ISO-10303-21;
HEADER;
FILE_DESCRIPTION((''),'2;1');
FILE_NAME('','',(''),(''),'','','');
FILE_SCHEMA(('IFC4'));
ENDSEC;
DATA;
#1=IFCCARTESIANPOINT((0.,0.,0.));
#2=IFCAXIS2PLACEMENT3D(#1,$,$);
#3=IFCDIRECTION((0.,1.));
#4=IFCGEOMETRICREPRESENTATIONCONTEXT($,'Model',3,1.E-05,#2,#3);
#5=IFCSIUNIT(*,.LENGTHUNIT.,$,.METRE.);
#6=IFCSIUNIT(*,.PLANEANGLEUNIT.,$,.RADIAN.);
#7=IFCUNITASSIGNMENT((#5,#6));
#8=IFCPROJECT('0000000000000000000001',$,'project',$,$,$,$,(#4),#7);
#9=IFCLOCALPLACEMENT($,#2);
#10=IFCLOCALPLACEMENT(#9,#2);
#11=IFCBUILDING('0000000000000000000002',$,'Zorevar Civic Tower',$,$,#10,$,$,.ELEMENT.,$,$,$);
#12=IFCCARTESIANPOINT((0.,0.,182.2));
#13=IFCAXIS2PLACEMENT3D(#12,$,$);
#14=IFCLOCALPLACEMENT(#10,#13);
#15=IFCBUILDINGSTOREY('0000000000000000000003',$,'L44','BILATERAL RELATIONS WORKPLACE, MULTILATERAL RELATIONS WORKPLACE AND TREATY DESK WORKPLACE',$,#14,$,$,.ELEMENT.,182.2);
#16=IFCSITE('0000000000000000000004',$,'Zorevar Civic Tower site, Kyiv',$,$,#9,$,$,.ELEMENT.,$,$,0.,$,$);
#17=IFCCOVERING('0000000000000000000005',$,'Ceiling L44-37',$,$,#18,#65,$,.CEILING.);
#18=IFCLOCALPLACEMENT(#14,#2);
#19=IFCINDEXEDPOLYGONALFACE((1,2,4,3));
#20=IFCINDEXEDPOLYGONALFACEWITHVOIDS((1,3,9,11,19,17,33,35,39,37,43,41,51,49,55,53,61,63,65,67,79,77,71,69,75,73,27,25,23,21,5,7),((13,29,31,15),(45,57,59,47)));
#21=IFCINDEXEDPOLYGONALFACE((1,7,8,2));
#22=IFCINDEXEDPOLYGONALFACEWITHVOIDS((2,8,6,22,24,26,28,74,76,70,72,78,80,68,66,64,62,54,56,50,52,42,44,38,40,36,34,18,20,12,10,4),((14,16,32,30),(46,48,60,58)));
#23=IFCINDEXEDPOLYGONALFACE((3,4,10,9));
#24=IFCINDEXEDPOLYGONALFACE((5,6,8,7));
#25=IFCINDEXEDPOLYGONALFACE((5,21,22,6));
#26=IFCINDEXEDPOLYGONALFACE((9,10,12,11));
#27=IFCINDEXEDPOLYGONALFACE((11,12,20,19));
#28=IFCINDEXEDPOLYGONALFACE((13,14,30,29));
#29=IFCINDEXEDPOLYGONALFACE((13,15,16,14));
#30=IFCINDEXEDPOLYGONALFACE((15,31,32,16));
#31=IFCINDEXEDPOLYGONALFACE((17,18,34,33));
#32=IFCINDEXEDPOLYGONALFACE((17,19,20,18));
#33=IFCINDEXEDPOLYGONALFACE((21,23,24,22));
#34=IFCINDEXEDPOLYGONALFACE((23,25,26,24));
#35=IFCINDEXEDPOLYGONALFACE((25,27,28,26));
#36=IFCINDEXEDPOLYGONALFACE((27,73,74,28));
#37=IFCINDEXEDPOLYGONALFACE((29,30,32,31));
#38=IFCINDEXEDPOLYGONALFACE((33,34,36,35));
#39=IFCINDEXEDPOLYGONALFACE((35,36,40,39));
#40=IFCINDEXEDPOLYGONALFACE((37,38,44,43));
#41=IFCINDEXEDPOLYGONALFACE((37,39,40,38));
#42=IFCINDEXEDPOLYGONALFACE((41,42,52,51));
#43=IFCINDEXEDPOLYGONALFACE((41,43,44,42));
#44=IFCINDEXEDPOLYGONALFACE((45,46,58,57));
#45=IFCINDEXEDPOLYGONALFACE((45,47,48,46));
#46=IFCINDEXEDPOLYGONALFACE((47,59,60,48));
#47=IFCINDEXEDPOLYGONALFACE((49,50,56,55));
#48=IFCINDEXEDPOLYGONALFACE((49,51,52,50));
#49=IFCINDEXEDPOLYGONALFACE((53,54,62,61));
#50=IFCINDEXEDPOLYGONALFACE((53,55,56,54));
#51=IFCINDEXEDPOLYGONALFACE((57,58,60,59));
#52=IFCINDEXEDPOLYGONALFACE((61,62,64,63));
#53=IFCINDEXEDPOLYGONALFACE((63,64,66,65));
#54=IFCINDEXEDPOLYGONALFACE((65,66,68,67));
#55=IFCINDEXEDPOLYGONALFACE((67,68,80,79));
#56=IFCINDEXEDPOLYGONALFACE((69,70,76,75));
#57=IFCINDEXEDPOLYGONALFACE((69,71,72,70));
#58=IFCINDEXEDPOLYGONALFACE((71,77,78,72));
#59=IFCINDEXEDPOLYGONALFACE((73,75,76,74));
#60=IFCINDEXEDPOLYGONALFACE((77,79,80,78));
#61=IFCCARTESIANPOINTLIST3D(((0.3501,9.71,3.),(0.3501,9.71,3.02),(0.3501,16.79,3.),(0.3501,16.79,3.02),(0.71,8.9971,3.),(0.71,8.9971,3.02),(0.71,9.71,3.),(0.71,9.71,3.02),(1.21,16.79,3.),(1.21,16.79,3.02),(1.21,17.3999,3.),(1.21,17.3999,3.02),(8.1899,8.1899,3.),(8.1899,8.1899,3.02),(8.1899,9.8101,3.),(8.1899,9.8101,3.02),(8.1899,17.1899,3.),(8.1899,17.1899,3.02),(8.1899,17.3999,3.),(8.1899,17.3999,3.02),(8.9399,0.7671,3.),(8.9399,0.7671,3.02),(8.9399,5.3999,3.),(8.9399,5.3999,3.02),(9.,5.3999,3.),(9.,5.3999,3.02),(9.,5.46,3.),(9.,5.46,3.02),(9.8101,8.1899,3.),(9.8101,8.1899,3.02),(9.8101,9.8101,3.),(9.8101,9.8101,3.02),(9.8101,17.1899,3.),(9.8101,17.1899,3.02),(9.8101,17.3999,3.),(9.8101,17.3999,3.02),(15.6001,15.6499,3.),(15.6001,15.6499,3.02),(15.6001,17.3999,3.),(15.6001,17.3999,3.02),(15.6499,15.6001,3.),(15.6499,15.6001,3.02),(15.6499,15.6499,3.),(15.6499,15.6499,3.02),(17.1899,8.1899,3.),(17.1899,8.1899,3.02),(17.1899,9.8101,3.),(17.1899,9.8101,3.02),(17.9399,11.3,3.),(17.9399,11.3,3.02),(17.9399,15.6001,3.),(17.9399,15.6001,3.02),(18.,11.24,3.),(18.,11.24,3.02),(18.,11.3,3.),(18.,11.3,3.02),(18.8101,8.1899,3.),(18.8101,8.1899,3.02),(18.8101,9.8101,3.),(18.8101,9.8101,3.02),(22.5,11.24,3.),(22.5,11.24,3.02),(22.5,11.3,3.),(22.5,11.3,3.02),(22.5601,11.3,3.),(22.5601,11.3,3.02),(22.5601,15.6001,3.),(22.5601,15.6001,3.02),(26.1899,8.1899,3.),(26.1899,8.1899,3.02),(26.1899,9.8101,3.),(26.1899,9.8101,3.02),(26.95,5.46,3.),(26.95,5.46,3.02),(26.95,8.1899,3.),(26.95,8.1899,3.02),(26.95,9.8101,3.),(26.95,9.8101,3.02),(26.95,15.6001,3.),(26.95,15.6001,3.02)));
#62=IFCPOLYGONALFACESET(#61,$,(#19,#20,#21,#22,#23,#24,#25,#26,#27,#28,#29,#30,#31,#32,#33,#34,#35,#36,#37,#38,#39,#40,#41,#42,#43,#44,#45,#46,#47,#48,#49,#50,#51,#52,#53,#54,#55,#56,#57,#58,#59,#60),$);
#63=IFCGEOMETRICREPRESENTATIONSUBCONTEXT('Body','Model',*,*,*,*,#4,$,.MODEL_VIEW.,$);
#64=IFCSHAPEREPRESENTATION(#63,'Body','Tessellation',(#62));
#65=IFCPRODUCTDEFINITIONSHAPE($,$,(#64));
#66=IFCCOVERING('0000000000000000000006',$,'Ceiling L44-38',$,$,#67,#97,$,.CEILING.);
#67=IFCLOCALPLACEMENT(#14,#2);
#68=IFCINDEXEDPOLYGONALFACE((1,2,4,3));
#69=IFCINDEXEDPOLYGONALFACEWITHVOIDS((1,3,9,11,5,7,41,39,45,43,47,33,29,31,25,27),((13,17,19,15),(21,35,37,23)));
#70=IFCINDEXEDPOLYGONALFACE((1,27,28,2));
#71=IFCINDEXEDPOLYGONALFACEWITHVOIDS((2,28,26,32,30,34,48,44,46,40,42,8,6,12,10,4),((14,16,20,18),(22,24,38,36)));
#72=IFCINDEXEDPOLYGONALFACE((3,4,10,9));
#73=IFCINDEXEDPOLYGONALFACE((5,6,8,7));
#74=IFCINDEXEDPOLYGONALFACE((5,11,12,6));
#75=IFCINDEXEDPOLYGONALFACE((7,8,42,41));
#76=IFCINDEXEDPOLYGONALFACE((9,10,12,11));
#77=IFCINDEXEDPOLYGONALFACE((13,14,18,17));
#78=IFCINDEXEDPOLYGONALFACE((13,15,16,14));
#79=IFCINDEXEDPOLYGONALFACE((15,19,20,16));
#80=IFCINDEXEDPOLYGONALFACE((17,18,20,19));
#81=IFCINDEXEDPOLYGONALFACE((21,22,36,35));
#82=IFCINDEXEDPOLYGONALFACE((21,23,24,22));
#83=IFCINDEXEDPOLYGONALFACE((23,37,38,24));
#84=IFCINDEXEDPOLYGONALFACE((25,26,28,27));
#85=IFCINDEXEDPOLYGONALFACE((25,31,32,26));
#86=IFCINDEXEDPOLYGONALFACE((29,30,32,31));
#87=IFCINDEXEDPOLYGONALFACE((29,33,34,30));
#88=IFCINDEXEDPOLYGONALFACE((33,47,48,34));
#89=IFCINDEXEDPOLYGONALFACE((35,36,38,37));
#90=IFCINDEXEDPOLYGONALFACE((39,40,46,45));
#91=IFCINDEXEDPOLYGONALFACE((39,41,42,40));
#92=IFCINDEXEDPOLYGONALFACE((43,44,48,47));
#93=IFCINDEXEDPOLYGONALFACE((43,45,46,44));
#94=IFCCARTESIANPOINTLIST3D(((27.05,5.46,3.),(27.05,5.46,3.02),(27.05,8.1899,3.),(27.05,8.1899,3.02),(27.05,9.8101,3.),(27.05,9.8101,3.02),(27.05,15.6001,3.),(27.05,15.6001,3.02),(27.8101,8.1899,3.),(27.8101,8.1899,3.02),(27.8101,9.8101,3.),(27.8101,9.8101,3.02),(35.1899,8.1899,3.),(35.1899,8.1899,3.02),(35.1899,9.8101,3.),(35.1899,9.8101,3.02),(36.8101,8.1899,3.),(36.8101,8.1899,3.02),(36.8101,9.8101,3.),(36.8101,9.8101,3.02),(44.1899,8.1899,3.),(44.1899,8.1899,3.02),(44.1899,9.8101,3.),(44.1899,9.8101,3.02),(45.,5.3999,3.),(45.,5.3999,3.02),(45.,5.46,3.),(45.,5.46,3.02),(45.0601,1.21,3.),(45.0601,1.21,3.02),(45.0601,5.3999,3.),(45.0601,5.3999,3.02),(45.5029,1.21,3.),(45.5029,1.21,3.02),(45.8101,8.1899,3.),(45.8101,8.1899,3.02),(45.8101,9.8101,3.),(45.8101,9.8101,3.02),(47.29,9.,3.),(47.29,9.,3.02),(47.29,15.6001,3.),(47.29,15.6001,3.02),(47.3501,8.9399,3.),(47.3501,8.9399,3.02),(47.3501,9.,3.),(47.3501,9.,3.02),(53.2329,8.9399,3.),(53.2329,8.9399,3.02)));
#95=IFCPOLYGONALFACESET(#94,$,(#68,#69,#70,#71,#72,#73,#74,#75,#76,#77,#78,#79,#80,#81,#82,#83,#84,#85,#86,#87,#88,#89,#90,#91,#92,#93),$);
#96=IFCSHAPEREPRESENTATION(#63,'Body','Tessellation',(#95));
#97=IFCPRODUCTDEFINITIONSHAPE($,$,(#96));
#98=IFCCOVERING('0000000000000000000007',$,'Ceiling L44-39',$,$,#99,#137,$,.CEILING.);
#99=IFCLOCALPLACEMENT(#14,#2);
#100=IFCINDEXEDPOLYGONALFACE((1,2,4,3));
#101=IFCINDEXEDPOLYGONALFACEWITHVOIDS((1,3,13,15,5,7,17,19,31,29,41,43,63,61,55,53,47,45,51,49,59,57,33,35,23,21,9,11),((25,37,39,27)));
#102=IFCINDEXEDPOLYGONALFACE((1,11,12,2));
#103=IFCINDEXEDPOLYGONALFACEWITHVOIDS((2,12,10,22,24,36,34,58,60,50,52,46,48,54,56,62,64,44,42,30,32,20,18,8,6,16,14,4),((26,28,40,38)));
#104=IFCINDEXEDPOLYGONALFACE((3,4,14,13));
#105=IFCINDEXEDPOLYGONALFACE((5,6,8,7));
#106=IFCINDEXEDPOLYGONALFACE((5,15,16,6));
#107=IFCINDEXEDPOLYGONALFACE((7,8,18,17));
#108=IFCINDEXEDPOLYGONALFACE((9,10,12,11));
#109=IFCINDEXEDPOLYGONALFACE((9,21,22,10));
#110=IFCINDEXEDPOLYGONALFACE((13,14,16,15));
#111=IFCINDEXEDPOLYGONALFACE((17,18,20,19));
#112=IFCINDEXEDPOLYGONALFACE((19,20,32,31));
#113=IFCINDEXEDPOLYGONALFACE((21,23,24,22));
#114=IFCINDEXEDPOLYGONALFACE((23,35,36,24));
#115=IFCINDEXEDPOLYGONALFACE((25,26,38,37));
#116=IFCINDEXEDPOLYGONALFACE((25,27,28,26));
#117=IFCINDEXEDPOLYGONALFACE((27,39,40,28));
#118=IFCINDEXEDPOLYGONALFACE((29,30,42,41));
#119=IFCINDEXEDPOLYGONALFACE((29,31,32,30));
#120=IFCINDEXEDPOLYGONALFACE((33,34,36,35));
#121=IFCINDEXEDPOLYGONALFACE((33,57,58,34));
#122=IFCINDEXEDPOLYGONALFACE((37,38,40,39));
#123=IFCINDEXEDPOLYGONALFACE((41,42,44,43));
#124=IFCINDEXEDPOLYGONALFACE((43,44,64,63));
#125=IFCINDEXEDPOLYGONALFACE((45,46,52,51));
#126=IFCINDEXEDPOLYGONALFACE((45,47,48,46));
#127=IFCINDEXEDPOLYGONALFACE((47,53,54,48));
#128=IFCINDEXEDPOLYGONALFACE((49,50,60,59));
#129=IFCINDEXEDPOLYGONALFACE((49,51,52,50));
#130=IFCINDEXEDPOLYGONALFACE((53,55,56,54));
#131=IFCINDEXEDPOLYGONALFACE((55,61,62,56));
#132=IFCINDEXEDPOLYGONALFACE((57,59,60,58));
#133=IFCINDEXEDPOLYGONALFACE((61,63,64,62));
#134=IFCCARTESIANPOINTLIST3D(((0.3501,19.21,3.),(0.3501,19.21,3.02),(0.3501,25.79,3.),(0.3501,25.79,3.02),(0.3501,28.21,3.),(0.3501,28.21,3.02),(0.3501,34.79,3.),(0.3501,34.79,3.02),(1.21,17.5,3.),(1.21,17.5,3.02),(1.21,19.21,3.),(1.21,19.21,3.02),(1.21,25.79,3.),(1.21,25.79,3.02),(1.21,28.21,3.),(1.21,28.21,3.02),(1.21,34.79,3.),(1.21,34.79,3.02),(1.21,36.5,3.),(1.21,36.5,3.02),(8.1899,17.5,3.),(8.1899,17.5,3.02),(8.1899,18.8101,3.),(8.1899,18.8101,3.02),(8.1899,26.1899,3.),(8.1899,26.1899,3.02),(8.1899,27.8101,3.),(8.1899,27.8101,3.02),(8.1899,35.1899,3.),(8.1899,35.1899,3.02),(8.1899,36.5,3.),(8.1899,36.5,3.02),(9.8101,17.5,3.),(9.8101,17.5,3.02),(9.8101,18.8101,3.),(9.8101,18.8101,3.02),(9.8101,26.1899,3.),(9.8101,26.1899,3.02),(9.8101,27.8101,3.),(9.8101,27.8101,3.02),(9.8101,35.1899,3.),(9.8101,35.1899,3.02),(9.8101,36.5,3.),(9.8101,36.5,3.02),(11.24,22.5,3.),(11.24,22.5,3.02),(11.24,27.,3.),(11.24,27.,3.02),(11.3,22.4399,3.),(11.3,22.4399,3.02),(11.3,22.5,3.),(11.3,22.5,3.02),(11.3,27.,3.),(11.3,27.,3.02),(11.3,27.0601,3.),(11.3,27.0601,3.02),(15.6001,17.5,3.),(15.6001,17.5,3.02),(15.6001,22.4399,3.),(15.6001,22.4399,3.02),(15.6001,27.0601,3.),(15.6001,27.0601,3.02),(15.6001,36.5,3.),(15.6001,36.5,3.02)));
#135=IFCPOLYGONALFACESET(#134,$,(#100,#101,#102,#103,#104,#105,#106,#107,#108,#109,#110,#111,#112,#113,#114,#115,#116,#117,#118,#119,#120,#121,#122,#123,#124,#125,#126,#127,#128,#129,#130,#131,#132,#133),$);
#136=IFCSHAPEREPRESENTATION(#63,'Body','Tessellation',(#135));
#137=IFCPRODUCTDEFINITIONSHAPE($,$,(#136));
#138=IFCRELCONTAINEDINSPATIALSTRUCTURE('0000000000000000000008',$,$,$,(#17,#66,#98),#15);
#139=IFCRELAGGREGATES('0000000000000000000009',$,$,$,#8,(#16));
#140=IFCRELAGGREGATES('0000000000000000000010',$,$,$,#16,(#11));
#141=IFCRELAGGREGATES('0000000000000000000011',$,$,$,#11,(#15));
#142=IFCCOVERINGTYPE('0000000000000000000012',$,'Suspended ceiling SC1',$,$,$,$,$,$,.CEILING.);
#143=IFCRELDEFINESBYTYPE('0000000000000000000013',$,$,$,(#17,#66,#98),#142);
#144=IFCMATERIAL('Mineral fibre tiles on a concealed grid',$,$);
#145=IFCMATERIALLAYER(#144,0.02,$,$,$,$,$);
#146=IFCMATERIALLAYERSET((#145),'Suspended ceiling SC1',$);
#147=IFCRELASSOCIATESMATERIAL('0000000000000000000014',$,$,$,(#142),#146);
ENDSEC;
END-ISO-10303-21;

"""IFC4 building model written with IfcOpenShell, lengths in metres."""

from ifc_helpers import new_model, si_unit, direction, frame, origin, place, context, subcontext, project, spatial, polyline, outline, extrude, material, layer, layer_set, type_object, element, save


model = new_model("IFC4")

# Units and contexts
model_context = context("Model", 3, precision=1e-05, world=origin(), true_north=direction((0.0, 1.0)))
body_context = subcontext(model_context, "Body", "Model", "MODEL_VIEW")
ifc_project = project(units=[si_unit("LENGTHUNIT", "METRE"), si_unit("PLANEANGLEUNIT", "RADIAN")], contexts=[model_context])

# Site, building, storey
site_placement = place(None, origin())
site = spatial("IfcSite", under=ifc_project, at=site_placement, Name="Zorevar Civic Tower site, Kyiv", CompositionType="ELEMENT", RefElevation=0.0)
building_placement = place(site_placement, origin())
building = spatial("IfcBuilding", under=site, at=building_placement, Name="Zorevar Civic Tower", CompositionType="ELEMENT")
storey_placement = place(building_placement, frame((0.0, 0.0, 182.2)))
storey = spatial("IfcBuildingStorey", under=building, at=storey_placement, Name="L44", Description="BILATERAL RELATIONS WORKPLACE, MULTILATERAL RELATIONS WORKPLACE AND TREATY DESK WORKPLACE", CompositionType="ELEMENT", Elevation=182.2)

# Coverings
ifc_material_1 = material(Name="Mineral fibre tiles on a concealed grid")
ifc_layer_1 = layer(ifc_material_1, 0.02)
ifc_layer_set_1 = layer_set([ifc_layer_1], Name="Suspended ceiling SC1")
covering_type_1 = type_object("IfcCoveringType", Name="Suspended ceiling SC1", PredefinedType="CEILING", material=ifc_layer_set_1)
covering_1_placement = place(storey_placement, frame((0.0, 0.0, 3.0)))
element("IfcCovering", 1, at=covering_1_placement, inside=storey, type_object=covering_type_1, Name="Ceiling L44-37", PredefinedType="CEILING", context=body_context, shape_type="SweptSolid", body=[
    extrude(outline(polyline([(1.21, 16.79), (1.21, 17.3999), (8.1899, 17.3999), (8.1899, 17.1899), (9.8101, 17.1899), (9.8101, 17.3999), (15.6001, 17.3999), (15.6001, 15.6499), (15.6499, 15.6499), (15.6499, 15.6001), (17.9399, 15.6001), (17.9399, 11.3), (18.0, 11.3), (18.0, 11.24), (22.5, 11.24), (22.5, 11.3), (22.5601, 11.3), (22.5601, 15.6001), (26.95, 15.6001), (26.95, 9.8101), (26.1899, 9.8101), (26.1899, 8.1899), (26.95, 8.1899), (26.95, 5.46), (9.0, 5.46), (9.0, 5.3999), (8.9399, 5.3999), (8.9399, 0.7671), (0.71, 8.9971), (0.71, 9.71), (0.3501, 9.71), (0.3501, 16.79), (1.21, 16.79)]), holes=[polyline([(9.8101, 9.8101), (8.1899, 9.8101), (8.1899, 8.1899), (9.8101, 8.1899), (9.8101, 9.8101)]), polyline([(17.1899, 8.1899), (18.8101, 8.1899), (18.8101, 9.8101), (17.1899, 9.8101), (17.1899, 8.1899)])]), origin(), (0.0, 0.0, 1.0), 0.02),
])
covering_2_placement = place(storey_placement, frame((0.0, 0.0, 3.0)))
element("IfcCovering", 2, at=covering_2_placement, inside=storey, type_object=covering_type_1, Name="Ceiling L44-38", PredefinedType="CEILING", context=body_context, shape_type="SweptSolid", body=[
    extrude(outline(polyline([(45.0601, 1.21), (45.0601, 5.3999), (45.0, 5.3999), (45.0, 5.46), (27.05, 5.46), (27.05, 8.1899), (27.8101, 8.1899), (27.8101, 9.8101), (27.05, 9.8101), (27.05, 15.6001), (47.29, 15.6001), (47.29, 9.0), (47.3501, 9.0), (47.3501, 8.9399), (53.2329, 8.9399), (45.5029, 1.21), (45.0601, 1.21)]), holes=[polyline([(36.8101, 9.8101), (35.1899, 9.8101), (35.1899, 8.1899), (36.8101, 8.1899), (36.8101, 9.8101)]), polyline([(44.1899, 8.1899), (45.8101, 8.1899), (45.8101, 9.8101), (44.1899, 9.8101), (44.1899, 8.1899)])]), origin(), (0.0, 0.0, 1.0), 0.02),
])
covering_3_placement = place(storey_placement, frame((0.0, 0.0, 3.0)))
element("IfcCovering", 3, at=covering_3_placement, inside=storey, type_object=covering_type_1, Name="Ceiling L44-39", PredefinedType="CEILING", context=body_context, shape_type="SweptSolid", body=[
    extrude(outline(polyline([(9.8101, 18.8101), (8.1899, 18.8101), (8.1899, 17.5), (1.21, 17.5), (1.21, 19.21), (0.3501, 19.21), (0.3501, 25.79), (1.21, 25.79), (1.21, 28.21), (0.3501, 28.21), (0.3501, 34.79), (1.21, 34.79), (1.21, 36.5), (8.1899, 36.5), (8.1899, 35.1899), (9.8101, 35.1899), (9.8101, 36.5), (15.6001, 36.5), (15.6001, 27.0601), (11.3, 27.0601), (11.3, 27.0), (11.24, 27.0), (11.24, 22.5), (11.3, 22.5), (11.3, 22.4399), (15.6001, 22.4399), (15.6001, 17.5), (9.8101, 17.5), (9.8101, 18.8101)]), holes=[polyline([(8.1899, 27.8101), (8.1899, 26.1899), (9.8101, 26.1899), (9.8101, 27.8101), (8.1899, 27.8101)])]), origin(), (0.0, 0.0, 1.0), 0.02),
])

save(model, "model.ifc")
